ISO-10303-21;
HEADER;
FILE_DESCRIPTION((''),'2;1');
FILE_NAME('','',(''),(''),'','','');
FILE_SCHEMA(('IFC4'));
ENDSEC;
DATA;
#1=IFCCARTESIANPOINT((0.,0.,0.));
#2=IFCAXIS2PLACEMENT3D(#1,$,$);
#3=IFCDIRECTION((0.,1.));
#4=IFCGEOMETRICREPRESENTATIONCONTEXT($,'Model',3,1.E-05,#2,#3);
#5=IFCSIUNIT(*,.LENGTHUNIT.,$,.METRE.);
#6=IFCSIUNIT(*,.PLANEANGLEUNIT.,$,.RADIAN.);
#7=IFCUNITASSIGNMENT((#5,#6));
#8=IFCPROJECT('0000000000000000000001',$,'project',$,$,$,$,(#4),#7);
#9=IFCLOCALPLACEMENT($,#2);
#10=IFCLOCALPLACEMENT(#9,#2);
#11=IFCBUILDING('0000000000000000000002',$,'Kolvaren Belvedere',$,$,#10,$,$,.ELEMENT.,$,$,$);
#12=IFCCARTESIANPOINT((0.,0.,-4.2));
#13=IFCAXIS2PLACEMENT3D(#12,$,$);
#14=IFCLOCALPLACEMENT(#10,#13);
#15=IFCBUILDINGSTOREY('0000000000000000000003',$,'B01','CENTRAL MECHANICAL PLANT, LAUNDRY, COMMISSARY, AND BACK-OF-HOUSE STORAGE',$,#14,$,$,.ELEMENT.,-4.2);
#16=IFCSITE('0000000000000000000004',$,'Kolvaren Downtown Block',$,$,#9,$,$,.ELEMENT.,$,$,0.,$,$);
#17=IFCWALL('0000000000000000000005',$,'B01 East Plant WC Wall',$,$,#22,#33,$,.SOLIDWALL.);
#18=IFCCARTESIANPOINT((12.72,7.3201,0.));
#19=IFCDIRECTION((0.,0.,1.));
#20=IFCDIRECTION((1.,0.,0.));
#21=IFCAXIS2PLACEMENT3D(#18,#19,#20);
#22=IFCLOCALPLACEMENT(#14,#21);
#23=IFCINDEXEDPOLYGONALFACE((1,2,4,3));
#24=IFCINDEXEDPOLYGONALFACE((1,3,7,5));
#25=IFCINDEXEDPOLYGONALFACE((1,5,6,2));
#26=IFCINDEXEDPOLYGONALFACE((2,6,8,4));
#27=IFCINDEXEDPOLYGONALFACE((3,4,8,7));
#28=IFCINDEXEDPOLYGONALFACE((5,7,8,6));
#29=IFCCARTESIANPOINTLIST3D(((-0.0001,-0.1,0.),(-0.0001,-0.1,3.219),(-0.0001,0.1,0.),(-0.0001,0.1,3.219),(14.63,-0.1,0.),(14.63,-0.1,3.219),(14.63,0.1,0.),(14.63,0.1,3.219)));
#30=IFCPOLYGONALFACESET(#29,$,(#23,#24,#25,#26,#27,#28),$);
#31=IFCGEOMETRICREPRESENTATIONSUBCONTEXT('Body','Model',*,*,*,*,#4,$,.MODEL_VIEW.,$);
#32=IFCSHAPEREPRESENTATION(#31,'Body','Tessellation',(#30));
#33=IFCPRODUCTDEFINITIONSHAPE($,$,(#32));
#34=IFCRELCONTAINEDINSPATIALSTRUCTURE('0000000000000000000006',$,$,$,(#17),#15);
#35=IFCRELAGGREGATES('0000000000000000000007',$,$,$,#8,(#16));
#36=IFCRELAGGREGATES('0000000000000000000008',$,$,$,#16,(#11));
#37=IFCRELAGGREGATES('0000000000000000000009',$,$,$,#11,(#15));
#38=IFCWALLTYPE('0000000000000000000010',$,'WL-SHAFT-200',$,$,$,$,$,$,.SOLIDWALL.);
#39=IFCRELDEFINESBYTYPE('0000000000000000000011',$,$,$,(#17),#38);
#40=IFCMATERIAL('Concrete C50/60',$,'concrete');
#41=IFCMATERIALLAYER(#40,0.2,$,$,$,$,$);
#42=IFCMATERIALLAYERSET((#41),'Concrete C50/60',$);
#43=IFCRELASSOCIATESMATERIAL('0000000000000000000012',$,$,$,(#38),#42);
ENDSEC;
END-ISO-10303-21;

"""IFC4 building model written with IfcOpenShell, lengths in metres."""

from ifc_helpers import new_model, si_unit, direction, frame, frame_2d, origin, place, context, subcontext, project, spatial, rectangle, extrude, material, layer, layer_set, type_object, element, save


model = new_model("IFC4")

# Units and contexts
model_context = context("Model", 3, precision=1e-05, world=origin(), true_north=direction((0.0, 1.0)))
body_context = subcontext(model_context, "Body", "Model", "MODEL_VIEW")
ifc_project = project(units=[si_unit("LENGTHUNIT", "METRE"), si_unit("PLANEANGLEUNIT", "RADIAN")], contexts=[model_context])

# Site, building, storey
site_placement = place(None, origin())
site = spatial("IfcSite", under=ifc_project, at=site_placement, Name="Kolvaren Downtown Block", CompositionType="ELEMENT", RefElevation=0.0)
building_placement = place(site_placement, origin())
building = spatial("IfcBuilding", under=site, at=building_placement, Name="Kolvaren Belvedere", CompositionType="ELEMENT")
storey_placement = place(building_placement, frame((0.0, 0.0, -4.2)))
storey = spatial("IfcBuildingStorey", under=building, at=storey_placement, Name="B01", Description="CENTRAL MECHANICAL PLANT, LAUNDRY, COMMISSARY, AND BACK-OF-HOUSE STORAGE", CompositionType="ELEMENT", Elevation=-4.2)

# Wall
ifc_material_1 = material(Name="Concrete C50/60", Category="concrete")
ifc_layer_1 = layer(ifc_material_1, 0.2)
ifc_layer_set_1 = layer_set([ifc_layer_1], Name="Concrete C50/60")
wall_type_1 = type_object("IfcWallType", Name="WL-SHAFT-200", PredefinedType="SOLIDWALL", material=ifc_layer_set_1)
wall_1_placement = place(storey_placement, frame((12.72, 7.3201, 0.0), z_axis=(0.0, 0.0, 1.0), x_axis=(1.0, 0.0, 0.0)))
element("IfcWall", 1, at=wall_1_placement, inside=storey, type_object=wall_type_1, Name="B01 East Plant WC Wall", PredefinedType="SOLIDWALL", context=body_context, shape_type="SweptSolid", body=[
    extrude(rectangle(XDim=14.6301, YDim=0.2, at=frame_2d((7.3149, 0.0))), origin(), (0.0, 0.0, 1.0), 3.219),
])

save(model, "model.ifc")
